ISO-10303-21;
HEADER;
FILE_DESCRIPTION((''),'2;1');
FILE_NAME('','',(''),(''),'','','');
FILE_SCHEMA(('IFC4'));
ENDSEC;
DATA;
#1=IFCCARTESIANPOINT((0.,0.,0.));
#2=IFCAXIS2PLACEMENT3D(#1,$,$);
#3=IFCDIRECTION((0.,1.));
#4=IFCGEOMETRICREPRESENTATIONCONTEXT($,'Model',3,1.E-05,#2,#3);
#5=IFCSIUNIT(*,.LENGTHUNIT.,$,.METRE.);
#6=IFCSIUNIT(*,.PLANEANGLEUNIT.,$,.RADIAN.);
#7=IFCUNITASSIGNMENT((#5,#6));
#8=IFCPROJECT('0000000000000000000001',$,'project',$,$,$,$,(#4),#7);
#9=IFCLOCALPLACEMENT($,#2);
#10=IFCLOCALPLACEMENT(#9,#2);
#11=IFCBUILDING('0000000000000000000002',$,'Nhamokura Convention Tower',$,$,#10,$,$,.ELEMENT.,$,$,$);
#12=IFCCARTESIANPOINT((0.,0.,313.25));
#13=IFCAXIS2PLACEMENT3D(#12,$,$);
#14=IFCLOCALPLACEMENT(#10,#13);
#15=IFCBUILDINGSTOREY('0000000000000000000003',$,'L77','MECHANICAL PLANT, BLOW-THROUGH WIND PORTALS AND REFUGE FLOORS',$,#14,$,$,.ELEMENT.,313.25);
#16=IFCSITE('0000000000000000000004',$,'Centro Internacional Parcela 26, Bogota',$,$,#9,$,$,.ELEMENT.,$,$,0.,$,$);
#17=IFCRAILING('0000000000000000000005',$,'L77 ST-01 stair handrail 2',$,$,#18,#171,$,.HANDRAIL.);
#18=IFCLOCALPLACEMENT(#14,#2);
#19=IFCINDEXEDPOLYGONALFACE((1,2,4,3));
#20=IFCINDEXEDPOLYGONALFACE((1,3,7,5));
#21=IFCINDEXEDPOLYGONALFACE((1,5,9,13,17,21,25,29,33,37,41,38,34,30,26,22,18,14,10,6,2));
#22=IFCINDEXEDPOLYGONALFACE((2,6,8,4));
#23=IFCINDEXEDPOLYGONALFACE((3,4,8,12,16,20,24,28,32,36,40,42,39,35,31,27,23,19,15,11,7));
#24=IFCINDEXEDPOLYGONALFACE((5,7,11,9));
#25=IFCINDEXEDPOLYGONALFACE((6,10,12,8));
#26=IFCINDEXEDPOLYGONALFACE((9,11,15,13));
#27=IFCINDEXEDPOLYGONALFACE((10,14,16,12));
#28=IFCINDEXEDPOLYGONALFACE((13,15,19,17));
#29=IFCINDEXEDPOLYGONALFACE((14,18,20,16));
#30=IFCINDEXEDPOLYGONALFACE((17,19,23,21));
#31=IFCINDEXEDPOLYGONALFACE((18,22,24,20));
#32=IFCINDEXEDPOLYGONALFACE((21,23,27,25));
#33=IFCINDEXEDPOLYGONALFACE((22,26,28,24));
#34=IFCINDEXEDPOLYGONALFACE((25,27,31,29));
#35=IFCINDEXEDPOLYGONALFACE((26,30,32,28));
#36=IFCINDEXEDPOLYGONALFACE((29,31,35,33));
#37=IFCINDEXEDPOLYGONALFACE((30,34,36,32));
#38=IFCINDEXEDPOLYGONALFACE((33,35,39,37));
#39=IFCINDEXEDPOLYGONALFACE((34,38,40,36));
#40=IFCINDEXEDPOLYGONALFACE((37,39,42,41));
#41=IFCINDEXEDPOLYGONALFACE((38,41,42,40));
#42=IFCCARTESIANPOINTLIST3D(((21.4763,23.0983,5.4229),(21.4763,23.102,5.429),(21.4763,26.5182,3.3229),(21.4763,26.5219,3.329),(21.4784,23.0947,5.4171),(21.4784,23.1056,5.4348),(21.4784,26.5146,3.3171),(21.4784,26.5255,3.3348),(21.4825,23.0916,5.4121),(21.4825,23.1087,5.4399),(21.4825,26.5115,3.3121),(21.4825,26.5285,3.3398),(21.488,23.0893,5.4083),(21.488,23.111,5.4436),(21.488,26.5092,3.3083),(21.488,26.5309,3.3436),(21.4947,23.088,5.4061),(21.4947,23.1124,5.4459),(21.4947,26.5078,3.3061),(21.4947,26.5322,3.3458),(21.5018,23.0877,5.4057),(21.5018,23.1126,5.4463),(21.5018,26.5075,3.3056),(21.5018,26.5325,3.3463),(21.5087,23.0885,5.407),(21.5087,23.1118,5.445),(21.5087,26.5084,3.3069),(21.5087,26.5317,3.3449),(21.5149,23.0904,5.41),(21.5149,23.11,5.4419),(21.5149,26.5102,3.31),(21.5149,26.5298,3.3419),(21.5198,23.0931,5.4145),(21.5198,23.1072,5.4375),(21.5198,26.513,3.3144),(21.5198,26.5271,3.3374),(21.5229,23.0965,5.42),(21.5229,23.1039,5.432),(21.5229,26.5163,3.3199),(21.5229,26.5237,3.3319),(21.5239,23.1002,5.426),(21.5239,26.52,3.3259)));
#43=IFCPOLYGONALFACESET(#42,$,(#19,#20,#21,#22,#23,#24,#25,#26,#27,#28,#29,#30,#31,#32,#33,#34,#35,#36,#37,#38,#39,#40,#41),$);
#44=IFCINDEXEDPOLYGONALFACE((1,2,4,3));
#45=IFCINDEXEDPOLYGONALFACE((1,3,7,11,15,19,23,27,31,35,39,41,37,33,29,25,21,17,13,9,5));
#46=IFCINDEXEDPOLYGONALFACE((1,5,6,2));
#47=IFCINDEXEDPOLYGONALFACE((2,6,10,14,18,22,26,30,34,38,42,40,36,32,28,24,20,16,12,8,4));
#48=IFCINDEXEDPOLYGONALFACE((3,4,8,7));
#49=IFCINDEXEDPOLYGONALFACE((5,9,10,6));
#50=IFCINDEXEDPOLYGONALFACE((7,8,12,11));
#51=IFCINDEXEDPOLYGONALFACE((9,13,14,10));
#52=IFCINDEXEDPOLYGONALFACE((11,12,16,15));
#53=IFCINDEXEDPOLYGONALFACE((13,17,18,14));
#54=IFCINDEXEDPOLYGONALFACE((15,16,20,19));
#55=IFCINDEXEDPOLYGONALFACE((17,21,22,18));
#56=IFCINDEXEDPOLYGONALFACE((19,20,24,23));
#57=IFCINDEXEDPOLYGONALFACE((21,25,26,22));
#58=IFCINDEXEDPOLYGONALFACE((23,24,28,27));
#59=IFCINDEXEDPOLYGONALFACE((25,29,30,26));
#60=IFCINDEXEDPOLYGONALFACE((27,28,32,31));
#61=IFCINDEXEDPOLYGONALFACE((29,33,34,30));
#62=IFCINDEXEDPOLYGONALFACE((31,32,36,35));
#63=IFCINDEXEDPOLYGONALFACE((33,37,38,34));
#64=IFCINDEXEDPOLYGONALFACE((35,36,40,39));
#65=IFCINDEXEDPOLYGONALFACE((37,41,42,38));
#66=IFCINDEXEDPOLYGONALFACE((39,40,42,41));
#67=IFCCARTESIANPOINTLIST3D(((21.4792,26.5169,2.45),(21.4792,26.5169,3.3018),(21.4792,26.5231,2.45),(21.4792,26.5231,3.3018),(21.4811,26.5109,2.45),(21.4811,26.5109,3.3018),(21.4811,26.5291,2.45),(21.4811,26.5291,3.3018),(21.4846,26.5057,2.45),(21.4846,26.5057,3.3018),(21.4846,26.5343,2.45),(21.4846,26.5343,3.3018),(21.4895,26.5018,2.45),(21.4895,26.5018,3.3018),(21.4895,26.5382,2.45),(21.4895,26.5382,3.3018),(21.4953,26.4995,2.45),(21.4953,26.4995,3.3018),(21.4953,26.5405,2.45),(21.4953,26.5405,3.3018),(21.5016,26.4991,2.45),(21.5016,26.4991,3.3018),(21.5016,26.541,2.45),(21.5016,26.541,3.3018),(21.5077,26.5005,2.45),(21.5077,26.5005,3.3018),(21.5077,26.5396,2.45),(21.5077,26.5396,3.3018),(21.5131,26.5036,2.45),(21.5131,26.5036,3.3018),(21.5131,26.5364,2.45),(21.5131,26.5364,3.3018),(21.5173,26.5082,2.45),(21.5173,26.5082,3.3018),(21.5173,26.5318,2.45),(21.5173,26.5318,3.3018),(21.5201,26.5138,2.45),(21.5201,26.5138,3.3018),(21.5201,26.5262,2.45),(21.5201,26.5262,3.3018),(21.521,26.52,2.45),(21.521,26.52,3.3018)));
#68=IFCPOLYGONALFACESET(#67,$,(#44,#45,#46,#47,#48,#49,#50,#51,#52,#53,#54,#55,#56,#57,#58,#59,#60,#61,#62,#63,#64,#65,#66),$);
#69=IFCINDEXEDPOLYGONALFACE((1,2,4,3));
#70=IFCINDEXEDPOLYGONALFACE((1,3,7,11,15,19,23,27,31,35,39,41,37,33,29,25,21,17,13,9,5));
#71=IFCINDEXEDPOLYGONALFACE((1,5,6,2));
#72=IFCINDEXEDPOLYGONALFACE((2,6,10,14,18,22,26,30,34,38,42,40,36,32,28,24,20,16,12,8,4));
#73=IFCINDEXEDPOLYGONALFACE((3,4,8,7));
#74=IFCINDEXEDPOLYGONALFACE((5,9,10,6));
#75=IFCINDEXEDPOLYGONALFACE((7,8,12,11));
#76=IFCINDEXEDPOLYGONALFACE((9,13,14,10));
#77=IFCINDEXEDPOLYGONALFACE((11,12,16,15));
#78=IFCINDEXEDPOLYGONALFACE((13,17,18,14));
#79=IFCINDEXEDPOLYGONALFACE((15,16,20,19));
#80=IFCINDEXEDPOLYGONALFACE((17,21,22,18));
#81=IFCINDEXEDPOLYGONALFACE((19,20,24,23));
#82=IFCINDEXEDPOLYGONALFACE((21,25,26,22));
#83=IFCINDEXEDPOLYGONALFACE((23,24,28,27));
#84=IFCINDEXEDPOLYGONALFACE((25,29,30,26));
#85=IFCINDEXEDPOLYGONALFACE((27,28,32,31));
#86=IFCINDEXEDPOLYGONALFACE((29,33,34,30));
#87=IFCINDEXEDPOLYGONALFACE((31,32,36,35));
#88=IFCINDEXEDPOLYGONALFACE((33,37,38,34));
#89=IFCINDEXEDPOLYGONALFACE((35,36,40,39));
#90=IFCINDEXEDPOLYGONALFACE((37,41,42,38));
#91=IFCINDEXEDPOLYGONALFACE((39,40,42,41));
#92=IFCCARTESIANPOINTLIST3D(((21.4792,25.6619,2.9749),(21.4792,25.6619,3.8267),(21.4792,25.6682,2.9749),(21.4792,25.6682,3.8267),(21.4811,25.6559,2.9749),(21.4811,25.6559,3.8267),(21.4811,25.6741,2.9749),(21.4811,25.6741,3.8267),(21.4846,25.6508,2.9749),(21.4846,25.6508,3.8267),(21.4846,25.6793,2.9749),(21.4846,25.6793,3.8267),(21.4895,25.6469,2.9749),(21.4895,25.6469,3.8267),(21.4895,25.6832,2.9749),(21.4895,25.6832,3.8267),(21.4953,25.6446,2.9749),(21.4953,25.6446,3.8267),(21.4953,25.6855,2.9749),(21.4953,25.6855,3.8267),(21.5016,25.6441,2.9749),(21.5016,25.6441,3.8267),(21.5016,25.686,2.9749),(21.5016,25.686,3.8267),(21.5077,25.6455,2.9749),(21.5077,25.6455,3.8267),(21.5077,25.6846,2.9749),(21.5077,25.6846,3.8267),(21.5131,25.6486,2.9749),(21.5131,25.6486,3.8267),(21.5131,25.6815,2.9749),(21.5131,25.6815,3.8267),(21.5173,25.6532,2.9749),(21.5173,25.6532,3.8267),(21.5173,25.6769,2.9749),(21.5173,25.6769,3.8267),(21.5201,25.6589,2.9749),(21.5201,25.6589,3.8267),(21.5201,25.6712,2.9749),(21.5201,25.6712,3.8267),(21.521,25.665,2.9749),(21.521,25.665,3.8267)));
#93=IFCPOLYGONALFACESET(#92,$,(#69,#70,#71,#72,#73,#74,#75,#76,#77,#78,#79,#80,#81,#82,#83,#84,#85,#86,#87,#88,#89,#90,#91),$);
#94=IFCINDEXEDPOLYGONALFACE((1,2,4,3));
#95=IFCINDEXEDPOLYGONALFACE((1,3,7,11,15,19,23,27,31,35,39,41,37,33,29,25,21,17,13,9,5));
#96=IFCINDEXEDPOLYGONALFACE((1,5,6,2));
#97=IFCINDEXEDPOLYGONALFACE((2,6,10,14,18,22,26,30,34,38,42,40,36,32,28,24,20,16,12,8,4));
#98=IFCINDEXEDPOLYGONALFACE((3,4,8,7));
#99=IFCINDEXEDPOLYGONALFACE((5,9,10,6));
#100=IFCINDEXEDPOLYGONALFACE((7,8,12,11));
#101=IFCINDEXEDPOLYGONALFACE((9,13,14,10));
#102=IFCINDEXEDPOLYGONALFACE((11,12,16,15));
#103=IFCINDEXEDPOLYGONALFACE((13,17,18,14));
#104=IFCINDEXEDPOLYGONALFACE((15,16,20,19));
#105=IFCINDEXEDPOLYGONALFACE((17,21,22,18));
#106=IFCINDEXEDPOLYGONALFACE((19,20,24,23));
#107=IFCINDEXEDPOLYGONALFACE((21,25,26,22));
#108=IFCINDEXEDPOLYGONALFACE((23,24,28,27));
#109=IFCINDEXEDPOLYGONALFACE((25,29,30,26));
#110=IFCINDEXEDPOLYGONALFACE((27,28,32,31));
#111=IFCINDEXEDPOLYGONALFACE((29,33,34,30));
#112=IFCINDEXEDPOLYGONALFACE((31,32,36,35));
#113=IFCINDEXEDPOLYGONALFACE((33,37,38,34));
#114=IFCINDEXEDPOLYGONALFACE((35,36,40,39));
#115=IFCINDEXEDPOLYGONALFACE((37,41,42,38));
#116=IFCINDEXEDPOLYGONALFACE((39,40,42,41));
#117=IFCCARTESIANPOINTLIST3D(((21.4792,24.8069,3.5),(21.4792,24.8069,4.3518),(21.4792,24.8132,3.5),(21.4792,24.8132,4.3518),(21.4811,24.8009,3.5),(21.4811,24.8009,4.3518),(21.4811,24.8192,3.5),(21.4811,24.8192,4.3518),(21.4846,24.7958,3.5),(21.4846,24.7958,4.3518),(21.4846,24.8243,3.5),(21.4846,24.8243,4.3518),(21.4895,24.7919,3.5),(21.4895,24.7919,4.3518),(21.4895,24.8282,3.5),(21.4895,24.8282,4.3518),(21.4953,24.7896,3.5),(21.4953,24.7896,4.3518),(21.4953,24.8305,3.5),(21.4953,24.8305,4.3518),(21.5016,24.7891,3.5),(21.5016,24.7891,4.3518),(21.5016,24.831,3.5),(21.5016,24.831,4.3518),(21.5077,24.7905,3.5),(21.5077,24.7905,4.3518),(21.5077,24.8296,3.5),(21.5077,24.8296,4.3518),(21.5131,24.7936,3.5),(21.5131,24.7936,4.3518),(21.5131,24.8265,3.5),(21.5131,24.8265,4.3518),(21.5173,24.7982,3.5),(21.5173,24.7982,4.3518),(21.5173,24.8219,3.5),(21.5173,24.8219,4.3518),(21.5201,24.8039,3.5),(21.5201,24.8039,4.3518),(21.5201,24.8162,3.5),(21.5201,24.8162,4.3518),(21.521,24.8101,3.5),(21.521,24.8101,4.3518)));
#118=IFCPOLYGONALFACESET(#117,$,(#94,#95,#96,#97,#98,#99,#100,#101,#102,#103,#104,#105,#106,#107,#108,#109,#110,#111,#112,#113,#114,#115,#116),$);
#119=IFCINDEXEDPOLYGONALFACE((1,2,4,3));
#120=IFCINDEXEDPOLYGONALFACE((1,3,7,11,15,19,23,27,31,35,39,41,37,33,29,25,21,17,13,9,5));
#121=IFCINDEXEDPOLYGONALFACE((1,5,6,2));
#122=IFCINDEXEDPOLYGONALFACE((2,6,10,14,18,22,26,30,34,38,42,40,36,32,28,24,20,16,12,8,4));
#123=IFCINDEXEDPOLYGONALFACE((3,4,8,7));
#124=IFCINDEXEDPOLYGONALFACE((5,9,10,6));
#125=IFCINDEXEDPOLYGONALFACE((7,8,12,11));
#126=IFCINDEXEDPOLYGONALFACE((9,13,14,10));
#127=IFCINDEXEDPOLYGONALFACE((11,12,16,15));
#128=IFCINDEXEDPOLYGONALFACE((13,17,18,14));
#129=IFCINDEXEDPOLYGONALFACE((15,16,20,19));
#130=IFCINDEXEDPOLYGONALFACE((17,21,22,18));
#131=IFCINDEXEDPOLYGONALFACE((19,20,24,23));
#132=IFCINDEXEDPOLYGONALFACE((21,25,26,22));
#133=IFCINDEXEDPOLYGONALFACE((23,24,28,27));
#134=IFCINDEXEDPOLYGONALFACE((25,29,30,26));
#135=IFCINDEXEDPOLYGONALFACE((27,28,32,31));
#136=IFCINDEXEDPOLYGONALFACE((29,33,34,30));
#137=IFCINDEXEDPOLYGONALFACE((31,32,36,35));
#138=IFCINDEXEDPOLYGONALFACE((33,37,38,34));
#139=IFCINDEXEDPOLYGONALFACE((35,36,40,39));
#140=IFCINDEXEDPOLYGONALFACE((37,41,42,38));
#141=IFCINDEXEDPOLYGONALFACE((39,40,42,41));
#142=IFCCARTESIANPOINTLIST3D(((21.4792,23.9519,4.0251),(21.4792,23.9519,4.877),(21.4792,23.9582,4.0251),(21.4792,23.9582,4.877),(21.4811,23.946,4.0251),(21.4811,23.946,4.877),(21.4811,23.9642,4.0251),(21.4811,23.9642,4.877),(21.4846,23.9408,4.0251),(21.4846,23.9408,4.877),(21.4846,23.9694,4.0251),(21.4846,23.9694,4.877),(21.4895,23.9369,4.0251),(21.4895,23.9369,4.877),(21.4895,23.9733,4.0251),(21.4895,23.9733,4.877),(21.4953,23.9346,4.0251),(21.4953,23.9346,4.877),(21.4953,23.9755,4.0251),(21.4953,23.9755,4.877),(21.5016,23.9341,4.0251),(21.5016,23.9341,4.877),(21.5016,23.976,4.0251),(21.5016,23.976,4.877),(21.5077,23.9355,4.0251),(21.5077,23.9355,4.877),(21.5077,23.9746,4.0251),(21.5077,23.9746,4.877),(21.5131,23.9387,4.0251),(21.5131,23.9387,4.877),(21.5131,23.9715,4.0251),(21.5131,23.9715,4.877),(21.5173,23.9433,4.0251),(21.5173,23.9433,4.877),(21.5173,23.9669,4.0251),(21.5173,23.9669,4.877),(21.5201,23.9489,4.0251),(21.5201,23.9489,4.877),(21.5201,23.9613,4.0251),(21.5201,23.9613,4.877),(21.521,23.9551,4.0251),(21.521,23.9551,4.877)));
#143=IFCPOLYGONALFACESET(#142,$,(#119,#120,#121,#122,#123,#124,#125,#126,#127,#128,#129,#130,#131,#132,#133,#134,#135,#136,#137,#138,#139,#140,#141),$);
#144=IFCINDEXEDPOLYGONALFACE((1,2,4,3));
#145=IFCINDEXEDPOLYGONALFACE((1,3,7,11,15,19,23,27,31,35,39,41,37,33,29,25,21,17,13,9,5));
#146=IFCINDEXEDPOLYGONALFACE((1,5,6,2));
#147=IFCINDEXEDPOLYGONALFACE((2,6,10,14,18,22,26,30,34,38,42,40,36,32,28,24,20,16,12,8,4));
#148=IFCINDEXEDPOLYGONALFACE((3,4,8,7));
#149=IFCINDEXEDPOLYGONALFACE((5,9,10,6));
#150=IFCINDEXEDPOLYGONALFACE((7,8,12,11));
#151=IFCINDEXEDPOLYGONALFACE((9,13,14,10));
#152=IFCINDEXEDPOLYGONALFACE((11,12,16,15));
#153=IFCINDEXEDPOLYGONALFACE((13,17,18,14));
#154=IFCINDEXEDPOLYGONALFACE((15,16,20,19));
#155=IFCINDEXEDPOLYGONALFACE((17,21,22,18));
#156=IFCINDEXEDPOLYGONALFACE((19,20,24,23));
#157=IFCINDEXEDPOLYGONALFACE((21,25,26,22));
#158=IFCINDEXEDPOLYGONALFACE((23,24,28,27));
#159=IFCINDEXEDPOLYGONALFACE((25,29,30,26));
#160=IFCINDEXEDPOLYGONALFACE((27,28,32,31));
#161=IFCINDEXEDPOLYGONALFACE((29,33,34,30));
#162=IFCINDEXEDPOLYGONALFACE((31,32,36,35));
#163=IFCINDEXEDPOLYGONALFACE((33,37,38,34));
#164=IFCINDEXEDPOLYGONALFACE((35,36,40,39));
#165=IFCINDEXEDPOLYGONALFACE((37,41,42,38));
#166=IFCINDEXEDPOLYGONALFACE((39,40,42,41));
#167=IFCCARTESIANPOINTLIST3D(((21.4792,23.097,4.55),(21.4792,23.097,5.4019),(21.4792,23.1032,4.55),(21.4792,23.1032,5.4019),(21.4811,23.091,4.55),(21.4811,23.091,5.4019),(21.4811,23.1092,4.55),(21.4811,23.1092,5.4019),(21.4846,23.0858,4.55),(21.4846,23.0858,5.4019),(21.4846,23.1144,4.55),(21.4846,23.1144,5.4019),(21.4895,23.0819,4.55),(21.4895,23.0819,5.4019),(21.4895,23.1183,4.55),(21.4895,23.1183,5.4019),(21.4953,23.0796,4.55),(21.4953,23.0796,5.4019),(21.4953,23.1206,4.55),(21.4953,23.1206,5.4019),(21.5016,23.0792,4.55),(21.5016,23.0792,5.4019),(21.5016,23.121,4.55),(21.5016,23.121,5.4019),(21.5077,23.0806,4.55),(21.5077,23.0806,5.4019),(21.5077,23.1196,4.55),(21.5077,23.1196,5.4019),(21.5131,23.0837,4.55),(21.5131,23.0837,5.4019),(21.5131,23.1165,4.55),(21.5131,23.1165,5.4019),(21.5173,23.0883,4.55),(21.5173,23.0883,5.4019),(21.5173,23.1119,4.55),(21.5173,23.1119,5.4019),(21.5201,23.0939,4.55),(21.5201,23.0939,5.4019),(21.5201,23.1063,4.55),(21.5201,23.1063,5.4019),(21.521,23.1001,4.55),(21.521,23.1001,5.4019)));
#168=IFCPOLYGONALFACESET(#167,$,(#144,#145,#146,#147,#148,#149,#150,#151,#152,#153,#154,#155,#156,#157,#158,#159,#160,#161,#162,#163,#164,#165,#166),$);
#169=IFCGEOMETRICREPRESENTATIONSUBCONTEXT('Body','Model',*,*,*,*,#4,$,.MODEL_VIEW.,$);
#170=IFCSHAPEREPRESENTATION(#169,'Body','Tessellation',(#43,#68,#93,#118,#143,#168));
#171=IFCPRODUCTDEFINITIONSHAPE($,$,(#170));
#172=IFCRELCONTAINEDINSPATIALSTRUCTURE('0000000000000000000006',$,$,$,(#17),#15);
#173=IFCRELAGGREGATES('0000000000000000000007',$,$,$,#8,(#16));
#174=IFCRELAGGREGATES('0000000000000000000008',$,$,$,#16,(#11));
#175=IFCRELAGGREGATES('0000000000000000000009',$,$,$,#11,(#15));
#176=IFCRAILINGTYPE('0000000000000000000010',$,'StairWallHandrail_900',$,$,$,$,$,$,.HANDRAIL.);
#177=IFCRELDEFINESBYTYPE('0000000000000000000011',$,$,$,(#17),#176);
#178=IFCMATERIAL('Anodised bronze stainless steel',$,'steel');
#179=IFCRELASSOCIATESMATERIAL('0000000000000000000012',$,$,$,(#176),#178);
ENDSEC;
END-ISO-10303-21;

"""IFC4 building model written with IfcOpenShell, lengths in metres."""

from ifc_helpers import new_model, si_unit, direction, frame, origin, origin_2d, place, context, subcontext, project, spatial, circle, extrude, material, type_object, element, save


model = new_model("IFC4")

# Units and contexts
model_context = context("Model", 3, precision=1e-05, world=origin(), true_north=direction((0.0, 1.0)))
body_context = subcontext(model_context, "Body", "Model", "MODEL_VIEW")
ifc_project = project(units=[si_unit("LENGTHUNIT", "METRE"), si_unit("PLANEANGLEUNIT", "RADIAN")], contexts=[model_context])

# Site, building, storey
site_placement = place(None, origin())
site = spatial("IfcSite", under=ifc_project, at=site_placement, Name="Centro Internacional Parcela 26, Bogota", CompositionType="ELEMENT", RefElevation=0.0)
building_placement = place(site_placement, origin())
building = spatial("IfcBuilding", under=site, at=building_placement, Name="Nhamokura Convention Tower", CompositionType="ELEMENT")
storey_placement = place(building_placement, frame((0.0, 0.0, 313.25)))
storey = spatial("IfcBuildingStorey", under=building, at=storey_placement, Name="L77", Description="MECHANICAL PLANT, BLOW-THROUGH WIND PORTALS AND REFUGE FLOORS", CompositionType="ELEMENT", Elevation=313.25)

# Railing
ifc_material_1 = material(Name="Anodised bronze stainless steel", Category="steel")
railing_type_1 = type_object("IfcRailingType", Name="StairWallHandrail_900", PredefinedType="HANDRAIL", material=ifc_material_1)
railing_1_placement = place(storey_placement, frame((21.5, 26.52, 2.45)))
element("IfcRailing", 1, at=railing_1_placement, inside=storey, type_object=railing_type_1, Name="L77 ST-01 stair handrail 2", PredefinedType="HANDRAIL", context=body_context, shape_type="SweptSolid", body=[
    extrude(circle(Radius=0.0239, at=origin_2d()), frame((0.0, 0.0, 0.876), z_axis=(0.0, -0.852155, 0.523289), x_axis=(1.0, 0.0, 0.0)), (0.0, 0.0, 1.0), 4.0132),
    extrude(circle(Radius=0.021, at=origin_2d()), origin(), (0.0, 0.0, 1.0), 0.8518),
    extrude(circle(Radius=0.021, at=origin_2d()), frame((0.0, -0.855, 0.5249)), (0.0, 0.0, 1.0), 0.8518),
    extrude(circle(Radius=0.021, at=origin_2d()), frame((0.0, -1.71, 1.05)), (0.0, 0.0, 1.0), 0.8518),
    extrude(circle(Radius=0.021, at=origin_2d()), frame((0.0, -2.5649, 1.5752)), (0.0, 0.0, 1.0), 0.8518),
    extrude(circle(Radius=0.021, at=origin_2d()), frame((0.0, -3.4199, 2.1001)), (0.0, 0.0, 1.0), 0.8518),
])

save(model, "model.ifc")
